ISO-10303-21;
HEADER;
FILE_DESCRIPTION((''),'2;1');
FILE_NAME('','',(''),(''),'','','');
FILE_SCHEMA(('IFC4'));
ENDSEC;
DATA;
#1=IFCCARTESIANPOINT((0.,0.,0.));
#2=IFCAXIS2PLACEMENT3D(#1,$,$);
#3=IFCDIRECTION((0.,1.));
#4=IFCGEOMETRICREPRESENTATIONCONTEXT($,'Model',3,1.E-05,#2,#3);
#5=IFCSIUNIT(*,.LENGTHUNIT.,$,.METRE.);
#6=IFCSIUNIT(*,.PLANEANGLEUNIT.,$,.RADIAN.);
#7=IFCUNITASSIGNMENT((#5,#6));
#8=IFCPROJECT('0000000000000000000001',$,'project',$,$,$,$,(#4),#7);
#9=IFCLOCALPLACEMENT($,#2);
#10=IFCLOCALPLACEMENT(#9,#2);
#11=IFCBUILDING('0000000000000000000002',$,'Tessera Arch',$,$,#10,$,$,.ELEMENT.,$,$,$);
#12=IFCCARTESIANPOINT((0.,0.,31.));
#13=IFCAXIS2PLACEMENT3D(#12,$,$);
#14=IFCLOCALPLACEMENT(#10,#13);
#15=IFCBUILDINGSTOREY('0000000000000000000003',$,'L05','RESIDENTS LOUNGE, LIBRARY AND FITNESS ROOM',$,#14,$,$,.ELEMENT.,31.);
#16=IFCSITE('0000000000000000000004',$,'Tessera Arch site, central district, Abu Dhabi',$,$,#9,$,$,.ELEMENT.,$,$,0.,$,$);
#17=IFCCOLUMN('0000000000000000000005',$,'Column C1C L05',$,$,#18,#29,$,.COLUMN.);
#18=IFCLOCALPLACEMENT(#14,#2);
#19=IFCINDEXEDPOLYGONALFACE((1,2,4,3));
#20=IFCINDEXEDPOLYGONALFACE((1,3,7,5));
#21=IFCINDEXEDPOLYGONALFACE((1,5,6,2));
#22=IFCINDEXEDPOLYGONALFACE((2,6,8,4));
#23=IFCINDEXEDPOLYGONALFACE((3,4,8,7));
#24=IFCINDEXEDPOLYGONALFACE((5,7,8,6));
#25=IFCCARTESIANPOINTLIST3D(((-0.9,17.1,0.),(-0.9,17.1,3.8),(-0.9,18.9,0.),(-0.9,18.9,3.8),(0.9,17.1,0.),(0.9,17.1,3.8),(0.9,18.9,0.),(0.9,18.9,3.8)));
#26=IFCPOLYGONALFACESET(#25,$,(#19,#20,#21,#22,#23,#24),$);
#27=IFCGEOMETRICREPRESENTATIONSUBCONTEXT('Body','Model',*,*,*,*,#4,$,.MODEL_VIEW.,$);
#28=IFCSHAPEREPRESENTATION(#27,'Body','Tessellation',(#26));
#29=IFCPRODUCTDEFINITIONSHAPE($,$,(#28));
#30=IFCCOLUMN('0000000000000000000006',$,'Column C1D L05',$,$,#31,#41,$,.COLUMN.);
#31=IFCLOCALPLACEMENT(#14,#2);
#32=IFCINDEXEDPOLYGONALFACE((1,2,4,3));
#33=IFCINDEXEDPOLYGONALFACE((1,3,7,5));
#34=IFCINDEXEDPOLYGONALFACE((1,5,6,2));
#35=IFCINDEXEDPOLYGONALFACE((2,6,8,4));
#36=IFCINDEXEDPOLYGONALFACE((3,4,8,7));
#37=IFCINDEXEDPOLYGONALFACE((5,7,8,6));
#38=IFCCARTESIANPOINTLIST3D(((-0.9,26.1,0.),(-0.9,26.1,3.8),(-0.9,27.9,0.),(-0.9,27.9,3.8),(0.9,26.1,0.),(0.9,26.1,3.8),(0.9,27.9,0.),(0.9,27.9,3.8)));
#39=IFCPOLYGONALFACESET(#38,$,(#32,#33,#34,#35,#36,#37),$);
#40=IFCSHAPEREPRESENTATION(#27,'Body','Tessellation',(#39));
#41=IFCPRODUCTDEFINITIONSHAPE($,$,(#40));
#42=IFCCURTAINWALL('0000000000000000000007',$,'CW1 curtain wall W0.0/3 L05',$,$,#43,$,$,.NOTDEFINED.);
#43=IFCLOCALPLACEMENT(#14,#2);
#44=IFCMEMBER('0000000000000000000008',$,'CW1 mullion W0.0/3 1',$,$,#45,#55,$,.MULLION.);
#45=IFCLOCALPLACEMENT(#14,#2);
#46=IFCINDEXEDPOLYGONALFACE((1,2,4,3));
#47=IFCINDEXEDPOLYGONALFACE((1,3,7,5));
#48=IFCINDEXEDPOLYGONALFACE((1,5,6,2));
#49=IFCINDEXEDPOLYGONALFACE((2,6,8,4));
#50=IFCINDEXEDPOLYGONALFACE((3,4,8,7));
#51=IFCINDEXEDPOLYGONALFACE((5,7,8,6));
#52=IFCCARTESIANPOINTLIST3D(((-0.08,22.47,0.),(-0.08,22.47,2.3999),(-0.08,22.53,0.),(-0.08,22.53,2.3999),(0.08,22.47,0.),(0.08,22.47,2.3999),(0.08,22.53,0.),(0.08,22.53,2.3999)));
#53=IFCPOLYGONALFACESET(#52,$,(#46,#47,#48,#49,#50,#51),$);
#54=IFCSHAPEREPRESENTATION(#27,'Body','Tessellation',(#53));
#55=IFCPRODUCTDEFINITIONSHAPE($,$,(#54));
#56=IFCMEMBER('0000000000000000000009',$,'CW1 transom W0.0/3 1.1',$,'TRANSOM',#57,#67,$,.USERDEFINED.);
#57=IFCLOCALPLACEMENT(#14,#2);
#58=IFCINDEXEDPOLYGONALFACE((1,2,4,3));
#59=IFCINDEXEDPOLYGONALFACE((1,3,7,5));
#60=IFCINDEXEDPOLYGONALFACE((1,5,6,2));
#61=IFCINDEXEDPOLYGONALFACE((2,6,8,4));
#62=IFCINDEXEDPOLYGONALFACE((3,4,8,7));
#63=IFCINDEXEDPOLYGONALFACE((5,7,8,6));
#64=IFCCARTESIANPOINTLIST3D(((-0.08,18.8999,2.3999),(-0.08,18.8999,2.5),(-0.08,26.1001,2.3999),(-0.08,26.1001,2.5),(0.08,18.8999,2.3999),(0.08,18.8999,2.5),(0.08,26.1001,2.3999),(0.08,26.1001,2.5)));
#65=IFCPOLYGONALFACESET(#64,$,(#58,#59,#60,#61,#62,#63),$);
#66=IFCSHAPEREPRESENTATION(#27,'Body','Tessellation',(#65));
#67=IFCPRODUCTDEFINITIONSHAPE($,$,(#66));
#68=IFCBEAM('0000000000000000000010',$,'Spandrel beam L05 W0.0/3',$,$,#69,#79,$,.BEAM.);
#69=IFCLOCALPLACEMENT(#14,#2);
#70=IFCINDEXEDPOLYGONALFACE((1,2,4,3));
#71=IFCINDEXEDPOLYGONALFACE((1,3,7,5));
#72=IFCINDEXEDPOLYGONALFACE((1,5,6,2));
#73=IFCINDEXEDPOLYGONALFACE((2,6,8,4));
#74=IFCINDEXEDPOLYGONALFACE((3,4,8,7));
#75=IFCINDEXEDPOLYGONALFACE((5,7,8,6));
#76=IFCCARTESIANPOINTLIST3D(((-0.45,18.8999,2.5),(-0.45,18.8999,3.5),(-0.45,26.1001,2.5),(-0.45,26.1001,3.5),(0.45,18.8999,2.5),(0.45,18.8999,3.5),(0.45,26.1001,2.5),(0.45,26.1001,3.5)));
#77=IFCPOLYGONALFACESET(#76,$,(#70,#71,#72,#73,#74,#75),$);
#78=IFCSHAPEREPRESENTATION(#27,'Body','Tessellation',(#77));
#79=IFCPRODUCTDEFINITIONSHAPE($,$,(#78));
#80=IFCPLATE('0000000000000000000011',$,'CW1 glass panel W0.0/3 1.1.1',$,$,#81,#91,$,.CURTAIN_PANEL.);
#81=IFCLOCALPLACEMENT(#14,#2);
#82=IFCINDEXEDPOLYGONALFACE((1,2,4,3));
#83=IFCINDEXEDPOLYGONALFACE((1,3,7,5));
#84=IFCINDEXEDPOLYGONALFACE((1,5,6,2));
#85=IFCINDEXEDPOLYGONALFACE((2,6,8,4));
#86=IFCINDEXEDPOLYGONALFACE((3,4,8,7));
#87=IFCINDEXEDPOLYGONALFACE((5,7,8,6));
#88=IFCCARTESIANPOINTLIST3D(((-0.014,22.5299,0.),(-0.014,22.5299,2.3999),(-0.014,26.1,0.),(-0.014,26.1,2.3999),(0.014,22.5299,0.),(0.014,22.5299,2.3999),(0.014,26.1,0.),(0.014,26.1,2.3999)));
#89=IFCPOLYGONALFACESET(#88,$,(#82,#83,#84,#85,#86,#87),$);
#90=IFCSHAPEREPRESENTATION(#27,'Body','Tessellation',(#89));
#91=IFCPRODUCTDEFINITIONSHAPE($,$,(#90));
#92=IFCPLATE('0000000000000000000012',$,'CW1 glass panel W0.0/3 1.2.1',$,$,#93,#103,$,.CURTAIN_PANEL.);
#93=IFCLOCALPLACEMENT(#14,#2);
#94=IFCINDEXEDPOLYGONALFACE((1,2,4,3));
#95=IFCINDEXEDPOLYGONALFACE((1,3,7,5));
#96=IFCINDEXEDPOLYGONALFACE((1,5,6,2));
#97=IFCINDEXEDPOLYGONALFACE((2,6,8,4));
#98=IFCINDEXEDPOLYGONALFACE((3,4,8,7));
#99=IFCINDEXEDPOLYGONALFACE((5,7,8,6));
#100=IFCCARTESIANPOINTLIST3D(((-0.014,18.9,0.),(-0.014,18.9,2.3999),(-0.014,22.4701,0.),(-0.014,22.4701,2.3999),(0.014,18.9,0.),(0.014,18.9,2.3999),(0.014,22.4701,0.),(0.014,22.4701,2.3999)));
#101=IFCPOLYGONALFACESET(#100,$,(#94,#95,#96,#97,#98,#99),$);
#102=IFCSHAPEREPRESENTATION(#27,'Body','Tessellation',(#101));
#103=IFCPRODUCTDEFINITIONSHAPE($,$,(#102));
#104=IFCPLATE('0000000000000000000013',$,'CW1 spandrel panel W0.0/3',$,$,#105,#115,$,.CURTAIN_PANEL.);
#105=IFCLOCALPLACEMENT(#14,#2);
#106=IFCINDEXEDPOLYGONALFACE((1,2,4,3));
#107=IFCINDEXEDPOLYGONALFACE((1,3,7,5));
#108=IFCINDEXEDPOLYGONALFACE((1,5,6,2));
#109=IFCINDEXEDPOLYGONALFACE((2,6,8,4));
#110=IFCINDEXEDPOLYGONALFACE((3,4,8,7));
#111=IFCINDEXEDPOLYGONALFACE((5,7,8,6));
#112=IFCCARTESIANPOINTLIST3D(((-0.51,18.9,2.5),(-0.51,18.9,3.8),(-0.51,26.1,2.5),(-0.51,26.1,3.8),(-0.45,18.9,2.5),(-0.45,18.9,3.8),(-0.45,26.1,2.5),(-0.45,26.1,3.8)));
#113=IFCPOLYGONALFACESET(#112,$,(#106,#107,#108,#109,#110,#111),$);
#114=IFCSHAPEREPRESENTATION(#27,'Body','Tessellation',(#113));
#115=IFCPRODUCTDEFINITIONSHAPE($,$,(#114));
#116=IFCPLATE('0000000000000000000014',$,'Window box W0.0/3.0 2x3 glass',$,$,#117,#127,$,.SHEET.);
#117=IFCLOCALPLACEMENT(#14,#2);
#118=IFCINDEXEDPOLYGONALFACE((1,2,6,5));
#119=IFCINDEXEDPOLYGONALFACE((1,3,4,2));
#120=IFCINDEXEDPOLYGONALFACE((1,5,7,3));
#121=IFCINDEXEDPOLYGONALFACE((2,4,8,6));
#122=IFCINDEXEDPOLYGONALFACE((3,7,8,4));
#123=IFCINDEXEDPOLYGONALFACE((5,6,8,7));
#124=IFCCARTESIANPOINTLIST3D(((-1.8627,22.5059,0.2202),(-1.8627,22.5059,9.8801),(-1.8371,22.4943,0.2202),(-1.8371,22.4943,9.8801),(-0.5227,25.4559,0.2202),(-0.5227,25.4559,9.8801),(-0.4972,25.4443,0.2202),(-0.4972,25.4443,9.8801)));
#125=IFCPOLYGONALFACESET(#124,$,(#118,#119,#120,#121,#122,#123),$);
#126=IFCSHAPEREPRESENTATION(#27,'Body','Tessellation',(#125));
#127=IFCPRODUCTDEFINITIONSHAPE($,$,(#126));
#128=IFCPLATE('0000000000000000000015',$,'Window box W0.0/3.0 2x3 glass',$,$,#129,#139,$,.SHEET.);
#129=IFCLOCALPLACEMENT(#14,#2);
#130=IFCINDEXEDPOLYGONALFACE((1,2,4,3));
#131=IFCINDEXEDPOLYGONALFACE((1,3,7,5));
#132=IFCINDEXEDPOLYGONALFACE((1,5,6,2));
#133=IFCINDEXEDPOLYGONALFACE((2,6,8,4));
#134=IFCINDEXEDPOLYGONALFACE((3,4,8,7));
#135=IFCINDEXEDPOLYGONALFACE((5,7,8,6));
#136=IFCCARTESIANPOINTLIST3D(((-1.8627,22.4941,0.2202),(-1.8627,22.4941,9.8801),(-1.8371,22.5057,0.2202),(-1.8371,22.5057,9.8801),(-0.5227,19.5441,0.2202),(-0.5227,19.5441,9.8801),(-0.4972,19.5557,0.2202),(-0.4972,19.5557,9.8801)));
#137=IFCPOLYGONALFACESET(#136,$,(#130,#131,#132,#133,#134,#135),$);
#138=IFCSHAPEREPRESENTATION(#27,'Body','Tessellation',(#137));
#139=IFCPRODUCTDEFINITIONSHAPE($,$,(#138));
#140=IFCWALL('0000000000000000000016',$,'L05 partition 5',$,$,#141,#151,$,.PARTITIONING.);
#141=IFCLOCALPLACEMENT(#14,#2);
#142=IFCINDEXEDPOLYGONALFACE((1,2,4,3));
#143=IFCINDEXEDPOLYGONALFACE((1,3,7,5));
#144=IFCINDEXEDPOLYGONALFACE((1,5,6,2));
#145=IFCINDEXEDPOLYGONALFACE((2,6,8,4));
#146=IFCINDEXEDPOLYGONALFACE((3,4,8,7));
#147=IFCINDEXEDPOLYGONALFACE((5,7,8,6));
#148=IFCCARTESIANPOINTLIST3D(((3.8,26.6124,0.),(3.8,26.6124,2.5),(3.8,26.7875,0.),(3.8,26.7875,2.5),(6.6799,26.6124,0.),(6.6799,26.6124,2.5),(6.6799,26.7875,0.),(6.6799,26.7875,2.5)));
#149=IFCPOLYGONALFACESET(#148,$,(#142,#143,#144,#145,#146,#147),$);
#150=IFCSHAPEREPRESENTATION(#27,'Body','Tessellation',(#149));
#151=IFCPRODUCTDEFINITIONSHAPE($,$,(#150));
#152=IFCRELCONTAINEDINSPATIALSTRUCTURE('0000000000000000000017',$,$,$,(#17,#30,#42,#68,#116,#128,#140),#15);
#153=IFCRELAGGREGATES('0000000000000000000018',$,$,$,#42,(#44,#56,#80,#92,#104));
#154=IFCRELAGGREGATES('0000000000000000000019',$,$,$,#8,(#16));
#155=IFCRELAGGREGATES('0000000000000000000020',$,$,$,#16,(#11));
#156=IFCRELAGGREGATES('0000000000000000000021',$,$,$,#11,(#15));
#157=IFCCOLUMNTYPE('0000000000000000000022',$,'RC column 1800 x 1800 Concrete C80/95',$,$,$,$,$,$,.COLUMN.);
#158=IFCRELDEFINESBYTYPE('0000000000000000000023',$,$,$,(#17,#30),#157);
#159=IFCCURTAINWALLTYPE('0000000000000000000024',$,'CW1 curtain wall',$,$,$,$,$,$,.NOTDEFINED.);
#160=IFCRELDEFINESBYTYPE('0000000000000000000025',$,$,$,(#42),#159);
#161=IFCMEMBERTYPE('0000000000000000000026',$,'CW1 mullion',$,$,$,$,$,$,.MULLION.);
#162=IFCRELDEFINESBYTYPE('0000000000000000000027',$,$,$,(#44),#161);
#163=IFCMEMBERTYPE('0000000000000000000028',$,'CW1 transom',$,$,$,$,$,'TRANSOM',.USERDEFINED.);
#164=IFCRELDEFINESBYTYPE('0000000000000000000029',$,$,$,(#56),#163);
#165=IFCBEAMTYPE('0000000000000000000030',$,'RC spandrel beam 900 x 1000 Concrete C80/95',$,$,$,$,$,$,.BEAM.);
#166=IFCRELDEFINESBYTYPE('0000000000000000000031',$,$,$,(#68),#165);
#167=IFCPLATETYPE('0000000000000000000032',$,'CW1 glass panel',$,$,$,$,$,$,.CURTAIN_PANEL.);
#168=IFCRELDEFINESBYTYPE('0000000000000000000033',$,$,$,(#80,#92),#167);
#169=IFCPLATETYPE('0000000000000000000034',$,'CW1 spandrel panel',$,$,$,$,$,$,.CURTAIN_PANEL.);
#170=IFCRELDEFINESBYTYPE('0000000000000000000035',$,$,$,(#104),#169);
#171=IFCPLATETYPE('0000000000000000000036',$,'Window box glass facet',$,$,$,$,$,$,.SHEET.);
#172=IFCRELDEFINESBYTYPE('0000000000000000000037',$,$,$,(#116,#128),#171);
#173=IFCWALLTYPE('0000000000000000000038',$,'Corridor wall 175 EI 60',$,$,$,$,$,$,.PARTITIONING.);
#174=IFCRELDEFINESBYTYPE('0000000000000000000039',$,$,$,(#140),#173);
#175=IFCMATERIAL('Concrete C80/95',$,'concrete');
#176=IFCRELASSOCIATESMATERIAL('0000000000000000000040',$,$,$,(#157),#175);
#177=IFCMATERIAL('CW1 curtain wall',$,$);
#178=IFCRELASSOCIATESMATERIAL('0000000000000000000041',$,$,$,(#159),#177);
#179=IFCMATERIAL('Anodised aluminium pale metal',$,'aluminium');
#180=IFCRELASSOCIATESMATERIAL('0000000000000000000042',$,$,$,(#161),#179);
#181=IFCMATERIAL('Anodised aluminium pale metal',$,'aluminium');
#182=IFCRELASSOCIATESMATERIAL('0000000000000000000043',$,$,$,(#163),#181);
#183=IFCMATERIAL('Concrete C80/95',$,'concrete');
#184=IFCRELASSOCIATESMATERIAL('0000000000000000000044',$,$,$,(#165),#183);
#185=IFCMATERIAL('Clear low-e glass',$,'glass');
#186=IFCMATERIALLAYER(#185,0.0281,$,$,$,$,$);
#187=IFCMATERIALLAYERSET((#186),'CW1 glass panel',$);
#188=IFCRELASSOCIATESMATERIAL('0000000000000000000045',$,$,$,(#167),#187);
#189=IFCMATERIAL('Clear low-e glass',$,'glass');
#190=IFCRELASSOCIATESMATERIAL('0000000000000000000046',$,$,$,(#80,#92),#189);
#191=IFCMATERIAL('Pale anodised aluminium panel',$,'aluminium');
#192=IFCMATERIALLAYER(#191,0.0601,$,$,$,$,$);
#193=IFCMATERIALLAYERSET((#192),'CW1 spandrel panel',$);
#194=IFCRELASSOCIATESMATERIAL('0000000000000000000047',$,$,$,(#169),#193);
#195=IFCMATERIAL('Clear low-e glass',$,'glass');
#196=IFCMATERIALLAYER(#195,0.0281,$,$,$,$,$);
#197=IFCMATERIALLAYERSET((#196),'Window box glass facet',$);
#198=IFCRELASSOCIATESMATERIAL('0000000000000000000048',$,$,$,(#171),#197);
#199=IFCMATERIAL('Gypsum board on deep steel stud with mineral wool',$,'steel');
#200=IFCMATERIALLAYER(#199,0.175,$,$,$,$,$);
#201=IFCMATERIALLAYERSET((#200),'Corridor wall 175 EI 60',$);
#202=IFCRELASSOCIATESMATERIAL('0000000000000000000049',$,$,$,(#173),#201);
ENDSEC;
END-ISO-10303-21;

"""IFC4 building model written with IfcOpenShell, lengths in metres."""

from ifc_helpers import new_model, si_unit, direction, frame, frame_2d, origin, origin_2d, place, context, subcontext, project, spatial, rectangle, extrude, material, layer, layer_set, material_profile, profile_set, type_object, element, aggregate, save


model = new_model("IFC4")

# Units and contexts
model_context = context("Model", 3, precision=1e-05, world=origin(), true_north=direction((0.0, 1.0)))
body_context = subcontext(model_context, "Body", "Model", "MODEL_VIEW")
ifc_project = project(units=[si_unit("LENGTHUNIT", "METRE"), si_unit("PLANEANGLEUNIT", "RADIAN")], contexts=[model_context])

# Site, building, storey
site_placement = place(None, origin())
site = spatial("IfcSite", under=ifc_project, at=site_placement, Name="Tessera Arch site, central district, Abu Dhabi", CompositionType="ELEMENT", RefElevation=0.0)
building_placement = place(site_placement, origin())
building = spatial("IfcBuilding", under=site, at=building_placement, Name="Tessera Arch", CompositionType="ELEMENT")
storey_placement = place(building_placement, frame((0.0, 0.0, 31.0)))
storey = spatial("IfcBuildingStorey", under=building, at=storey_placement, Name="L05", Description="RESIDENTS LOUNGE, LIBRARY AND FITNESS ROOM", CompositionType="ELEMENT", Elevation=31.0)

# Columns
ifc_material_1 = material(Name="Concrete C80/95", Category="concrete")
ifc_material_profile_1 = material_profile(ifc_material_1, rectangle(XDim=1.8, YDim=1.8, at=origin_2d()), Name="RC column 1800 x 1800 Concrete C80/95")
ifc_profile_set_1 = profile_set([ifc_material_profile_1], Name="Concrete C80/95")
column_type = type_object("IfcColumnType", Name="RC column 1800 x 1800 Concrete C80/95", PredefinedType="COLUMN", material=ifc_profile_set_1)
for number, where, z_axis, x_axis, name in (
    (1, (0.0, 18.0, 0.0), (0.0, 0.0, 1.0), (1.0, 0.0, 0.0), "Column C1C L05"),
    (2, (0.0, 27.0, 0.0), (0.0, 0.0, 1.0), (1.0, 0.0, 0.0), "Column C1D L05"),
):
    element("IfcColumn", number, at=place(storey_placement, frame(where, z_axis=z_axis, x_axis=x_axis)), inside=storey, type_object=column_type, Name=name, PredefinedType="COLUMN", context=body_context, shape_type="SweptSolid", body=[
        extrude(rectangle(XDim=1.8, YDim=1.8, at=origin_2d()), origin(), (0.0, 0.0, 1.0), 3.8),
    ])

# Curtain wall, members
ifc_material_2 = material(Name="CW1 curtain wall")
curtain_wall_type = type_object("IfcCurtainWallType", Name="CW1 curtain wall", PredefinedType="NOTDEFINED", material=ifc_material_2)
curtain_wall_placement = place(storey_placement, origin())
curtain_wall = element("IfcCurtainWall", 3, at=curtain_wall_placement, inside=storey, type_object=curtain_wall_type, Name="CW1 curtain wall W0.0/3 L05", PredefinedType="NOTDEFINED")
ifc_material_3 = material(Name="Anodised aluminium pale metal", Category="aluminium")
ifc_material_profile_2 = material_profile(ifc_material_3, rectangle(XDim=0.1599, YDim=0.0601, at=origin_2d()), Name="AL 60x160")
ifc_profile_set_2 = profile_set([ifc_material_profile_2], Name="Anodised aluminium pale metal")
member_type_1 = type_object("IfcMemberType", Name="CW1 mullion", PredefinedType="MULLION", material=ifc_profile_set_2)
member_1_placement = place(storey_placement, frame((0.0, 22.5, 0.0), z_axis=(0.0, 0.0, 1.0), x_axis=(1.0, 0.0, 0.0)))
member_1 = element("IfcMember", 4, at=member_1_placement, type_object=member_type_1, Name="CW1 mullion W0.0/3 1", PredefinedType="MULLION", context=body_context, shape_type="SweptSolid", body=[
    extrude(rectangle(XDim=0.1599, YDim=0.0601, at=origin_2d()), origin(), (0.0, 0.0, 1.0), 2.3999),
])
ifc_material_4 = material(Name="Anodised aluminium pale metal", Category="aluminium")
ifc_material_profile_3 = material_profile(ifc_material_4, rectangle(XDim=0.1599, YDim=0.1001, at=origin_2d()), Name="AL 160x100")
ifc_profile_set_3 = profile_set([ifc_material_profile_3], Name="Anodised aluminium pale metal")
member_type_2 = type_object("IfcMemberType", Name="CW1 transom", ElementType="TRANSOM", PredefinedType="USERDEFINED", material=ifc_profile_set_3)
member_2_placement = place(storey_placement, frame((0.0, 26.1001, 2.45), z_axis=(0.0, -1.0, 0.0), x_axis=(1.0, 0.0, 0.0)))
member_2 = element("IfcMember", 5, at=member_2_placement, type_object=member_type_2, Name="CW1 transom W0.0/3 1.1", ObjectType="TRANSOM", PredefinedType="USERDEFINED", context=body_context, shape_type="SweptSolid", body=[
    extrude(rectangle(XDim=0.1599, YDim=0.1001, at=origin_2d()), origin(), (0.0, 0.0, 1.0), 7.2002),
])

# Beam
ifc_material_5 = material(Name="Concrete C80/95", Category="concrete")
ifc_material_profile_4 = material_profile(ifc_material_5, rectangle(XDim=0.8999, YDim=1.0, at=origin_2d()), Name="RC spandrel beam 900 x 1000 Concrete C80/95")
ifc_profile_set_4 = profile_set([ifc_material_profile_4], Name="Concrete C80/95")
beam_type = type_object("IfcBeamType", Name="RC spandrel beam 900 x 1000 Concrete C80/95", PredefinedType="BEAM", material=ifc_profile_set_4)
beam_placement = place(storey_placement, frame((0.0, 26.1001, 3.0), z_axis=(0.0, -1.0, 0.0), x_axis=(1.0, 0.0, 0.0)))
element("IfcBeam", 6, at=beam_placement, inside=storey, type_object=beam_type, Name="Spandrel beam L05 W0.0/3", PredefinedType="BEAM", context=body_context, shape_type="SweptSolid", body=[
    extrude(rectangle(XDim=0.8999, YDim=1.0, at=origin_2d()), origin(), (0.0, 0.0, 1.0), 7.2002),
])

# Plates
ifc_material_6 = material(Name="Clear low-e glass", Category="glass")
ifc_material_7 = material(Name="Clear low-e glass", Category="glass")
ifc_layer_1 = layer(ifc_material_7, 0.0281)
ifc_layer_set_1 = layer_set([ifc_layer_1], Name="CW1 glass panel")
plate_type_1 = type_object("IfcPlateType", Name="CW1 glass panel", PredefinedType="CURTAIN_PANEL", material=ifc_layer_set_1)
plate_1_placement = place(storey_placement, frame((0.0, 24.3149, 0.0), z_axis=(0.0, 0.0, 1.0), x_axis=(0.0, -1.0, 0.0)))
plate_1 = element("IfcPlate", 7, at=plate_1_placement, type_object=plate_type_1, material=ifc_material_6, Name="CW1 glass panel W0.0/3 1.1.1", PredefinedType="CURTAIN_PANEL", context=body_context, shape_type="SweptSolid", body=[
    extrude(rectangle(XDim=3.5701, YDim=0.0281, at=origin_2d()), origin(), (0.0, 0.0, 1.0), 2.3999),
])
plate_2_placement = place(storey_placement, frame((0.0, 20.6851, 0.0), z_axis=(0.0, 0.0, 1.0), x_axis=(0.0, -1.0, 0.0)))
plate_2 = element("IfcPlate", 8, at=plate_2_placement, type_object=plate_type_1, material=ifc_material_6, Name="CW1 glass panel W0.0/3 1.2.1", PredefinedType="CURTAIN_PANEL", context=body_context, shape_type="SweptSolid", body=[
    extrude(rectangle(XDim=3.5701, YDim=0.0281, at=origin_2d()), origin(), (0.0, 0.0, 1.0), 2.3999),
])
ifc_material_8 = material(Name="Pale anodised aluminium panel", Category="aluminium")
ifc_layer_2 = layer(ifc_material_8, 0.0601)
ifc_layer_set_2 = layer_set([ifc_layer_2], Name="CW1 spandrel panel")
plate_type_2 = type_object("IfcPlateType", Name="CW1 spandrel panel", PredefinedType="CURTAIN_PANEL", material=ifc_layer_set_2)
plate_3_placement = place(storey_placement, frame((-0.48, 22.5, 2.5), z_axis=(0.0, 0.0, 1.0), x_axis=(0.0, -1.0, 0.0)))
plate_3 = element("IfcPlate", 9, at=plate_3_placement, type_object=plate_type_2, Name="CW1 spandrel panel W0.0/3", PredefinedType="CURTAIN_PANEL", context=body_context, shape_type="SweptSolid", body=[
    extrude(rectangle(XDim=7.2, YDim=0.0601, at=origin_2d()), origin(), (0.0, 0.0, 1.0), 1.3),
])
aggregate(curtain_wall, [member_1, member_2, plate_1, plate_2, plate_3])

# Plates
ifc_material_9 = material(Name="Clear low-e glass", Category="glass")
ifc_layer_3 = layer(ifc_material_9, 0.0281)
ifc_layer_set_3 = layer_set([ifc_layer_3], Name="Window box glass facet")
plate_type_3 = type_object("IfcPlateType", Name="Window box glass facet", PredefinedType="SHEET", material=ifc_layer_set_3)
for number, where, z_axis, x_axis, name in (
    (10, (-1.1799, 23.9751, 0.2202), (0.0, 0.0, 1.0), (-0.41357, -0.910472, 0.0), "Window box W0.0/3.0 2x3 glass"),
    (11, (-1.1799, 21.0249, 0.2202), (0.0, 0.0, 1.0), (-0.41357, 0.910472, 0.0), "Window box W0.0/3.0 2x3 glass"),
):
    element("IfcPlate", number, at=place(storey_placement, frame(where, z_axis=z_axis, x_axis=x_axis)), inside=storey, type_object=plate_type_3, Name=name, PredefinedType="SHEET", context=body_context, shape_type="SweptSolid", body=[
        extrude(rectangle(XDim=3.24, YDim=0.0281, at=origin_2d()), origin(), (0.0, 0.0, 1.0), 9.6599),
    ])

# Wall
ifc_material_10 = material(Name="Gypsum board on deep steel stud with mineral wool", Category="steel")
ifc_layer_4 = layer(ifc_material_10, 0.175)
ifc_layer_set_4 = layer_set([ifc_layer_4], Name="Corridor wall 175 EI 60")
wall_type_1 = type_object("IfcWallType", Name="Corridor wall 175 EI 60", PredefinedType="PARTITIONING", material=ifc_layer_set_4)
wall_1_placement = place(storey_placement, frame((3.8, 26.7, 0.0), z_axis=(0.0, 0.0, 1.0), x_axis=(1.0, 0.0, 0.0)))
element("IfcWall", 12, at=wall_1_placement, inside=storey, type_object=wall_type_1, Name="L05 partition 5", PredefinedType="PARTITIONING", context=body_context, shape_type="SweptSolid", body=[
    extrude(rectangle(XDim=2.8799, YDim=0.175, at=frame_2d((1.4399, 0.0))), origin(), (0.0, 0.0, 1.0), 2.5),
])

save(model, "model.ifc")
